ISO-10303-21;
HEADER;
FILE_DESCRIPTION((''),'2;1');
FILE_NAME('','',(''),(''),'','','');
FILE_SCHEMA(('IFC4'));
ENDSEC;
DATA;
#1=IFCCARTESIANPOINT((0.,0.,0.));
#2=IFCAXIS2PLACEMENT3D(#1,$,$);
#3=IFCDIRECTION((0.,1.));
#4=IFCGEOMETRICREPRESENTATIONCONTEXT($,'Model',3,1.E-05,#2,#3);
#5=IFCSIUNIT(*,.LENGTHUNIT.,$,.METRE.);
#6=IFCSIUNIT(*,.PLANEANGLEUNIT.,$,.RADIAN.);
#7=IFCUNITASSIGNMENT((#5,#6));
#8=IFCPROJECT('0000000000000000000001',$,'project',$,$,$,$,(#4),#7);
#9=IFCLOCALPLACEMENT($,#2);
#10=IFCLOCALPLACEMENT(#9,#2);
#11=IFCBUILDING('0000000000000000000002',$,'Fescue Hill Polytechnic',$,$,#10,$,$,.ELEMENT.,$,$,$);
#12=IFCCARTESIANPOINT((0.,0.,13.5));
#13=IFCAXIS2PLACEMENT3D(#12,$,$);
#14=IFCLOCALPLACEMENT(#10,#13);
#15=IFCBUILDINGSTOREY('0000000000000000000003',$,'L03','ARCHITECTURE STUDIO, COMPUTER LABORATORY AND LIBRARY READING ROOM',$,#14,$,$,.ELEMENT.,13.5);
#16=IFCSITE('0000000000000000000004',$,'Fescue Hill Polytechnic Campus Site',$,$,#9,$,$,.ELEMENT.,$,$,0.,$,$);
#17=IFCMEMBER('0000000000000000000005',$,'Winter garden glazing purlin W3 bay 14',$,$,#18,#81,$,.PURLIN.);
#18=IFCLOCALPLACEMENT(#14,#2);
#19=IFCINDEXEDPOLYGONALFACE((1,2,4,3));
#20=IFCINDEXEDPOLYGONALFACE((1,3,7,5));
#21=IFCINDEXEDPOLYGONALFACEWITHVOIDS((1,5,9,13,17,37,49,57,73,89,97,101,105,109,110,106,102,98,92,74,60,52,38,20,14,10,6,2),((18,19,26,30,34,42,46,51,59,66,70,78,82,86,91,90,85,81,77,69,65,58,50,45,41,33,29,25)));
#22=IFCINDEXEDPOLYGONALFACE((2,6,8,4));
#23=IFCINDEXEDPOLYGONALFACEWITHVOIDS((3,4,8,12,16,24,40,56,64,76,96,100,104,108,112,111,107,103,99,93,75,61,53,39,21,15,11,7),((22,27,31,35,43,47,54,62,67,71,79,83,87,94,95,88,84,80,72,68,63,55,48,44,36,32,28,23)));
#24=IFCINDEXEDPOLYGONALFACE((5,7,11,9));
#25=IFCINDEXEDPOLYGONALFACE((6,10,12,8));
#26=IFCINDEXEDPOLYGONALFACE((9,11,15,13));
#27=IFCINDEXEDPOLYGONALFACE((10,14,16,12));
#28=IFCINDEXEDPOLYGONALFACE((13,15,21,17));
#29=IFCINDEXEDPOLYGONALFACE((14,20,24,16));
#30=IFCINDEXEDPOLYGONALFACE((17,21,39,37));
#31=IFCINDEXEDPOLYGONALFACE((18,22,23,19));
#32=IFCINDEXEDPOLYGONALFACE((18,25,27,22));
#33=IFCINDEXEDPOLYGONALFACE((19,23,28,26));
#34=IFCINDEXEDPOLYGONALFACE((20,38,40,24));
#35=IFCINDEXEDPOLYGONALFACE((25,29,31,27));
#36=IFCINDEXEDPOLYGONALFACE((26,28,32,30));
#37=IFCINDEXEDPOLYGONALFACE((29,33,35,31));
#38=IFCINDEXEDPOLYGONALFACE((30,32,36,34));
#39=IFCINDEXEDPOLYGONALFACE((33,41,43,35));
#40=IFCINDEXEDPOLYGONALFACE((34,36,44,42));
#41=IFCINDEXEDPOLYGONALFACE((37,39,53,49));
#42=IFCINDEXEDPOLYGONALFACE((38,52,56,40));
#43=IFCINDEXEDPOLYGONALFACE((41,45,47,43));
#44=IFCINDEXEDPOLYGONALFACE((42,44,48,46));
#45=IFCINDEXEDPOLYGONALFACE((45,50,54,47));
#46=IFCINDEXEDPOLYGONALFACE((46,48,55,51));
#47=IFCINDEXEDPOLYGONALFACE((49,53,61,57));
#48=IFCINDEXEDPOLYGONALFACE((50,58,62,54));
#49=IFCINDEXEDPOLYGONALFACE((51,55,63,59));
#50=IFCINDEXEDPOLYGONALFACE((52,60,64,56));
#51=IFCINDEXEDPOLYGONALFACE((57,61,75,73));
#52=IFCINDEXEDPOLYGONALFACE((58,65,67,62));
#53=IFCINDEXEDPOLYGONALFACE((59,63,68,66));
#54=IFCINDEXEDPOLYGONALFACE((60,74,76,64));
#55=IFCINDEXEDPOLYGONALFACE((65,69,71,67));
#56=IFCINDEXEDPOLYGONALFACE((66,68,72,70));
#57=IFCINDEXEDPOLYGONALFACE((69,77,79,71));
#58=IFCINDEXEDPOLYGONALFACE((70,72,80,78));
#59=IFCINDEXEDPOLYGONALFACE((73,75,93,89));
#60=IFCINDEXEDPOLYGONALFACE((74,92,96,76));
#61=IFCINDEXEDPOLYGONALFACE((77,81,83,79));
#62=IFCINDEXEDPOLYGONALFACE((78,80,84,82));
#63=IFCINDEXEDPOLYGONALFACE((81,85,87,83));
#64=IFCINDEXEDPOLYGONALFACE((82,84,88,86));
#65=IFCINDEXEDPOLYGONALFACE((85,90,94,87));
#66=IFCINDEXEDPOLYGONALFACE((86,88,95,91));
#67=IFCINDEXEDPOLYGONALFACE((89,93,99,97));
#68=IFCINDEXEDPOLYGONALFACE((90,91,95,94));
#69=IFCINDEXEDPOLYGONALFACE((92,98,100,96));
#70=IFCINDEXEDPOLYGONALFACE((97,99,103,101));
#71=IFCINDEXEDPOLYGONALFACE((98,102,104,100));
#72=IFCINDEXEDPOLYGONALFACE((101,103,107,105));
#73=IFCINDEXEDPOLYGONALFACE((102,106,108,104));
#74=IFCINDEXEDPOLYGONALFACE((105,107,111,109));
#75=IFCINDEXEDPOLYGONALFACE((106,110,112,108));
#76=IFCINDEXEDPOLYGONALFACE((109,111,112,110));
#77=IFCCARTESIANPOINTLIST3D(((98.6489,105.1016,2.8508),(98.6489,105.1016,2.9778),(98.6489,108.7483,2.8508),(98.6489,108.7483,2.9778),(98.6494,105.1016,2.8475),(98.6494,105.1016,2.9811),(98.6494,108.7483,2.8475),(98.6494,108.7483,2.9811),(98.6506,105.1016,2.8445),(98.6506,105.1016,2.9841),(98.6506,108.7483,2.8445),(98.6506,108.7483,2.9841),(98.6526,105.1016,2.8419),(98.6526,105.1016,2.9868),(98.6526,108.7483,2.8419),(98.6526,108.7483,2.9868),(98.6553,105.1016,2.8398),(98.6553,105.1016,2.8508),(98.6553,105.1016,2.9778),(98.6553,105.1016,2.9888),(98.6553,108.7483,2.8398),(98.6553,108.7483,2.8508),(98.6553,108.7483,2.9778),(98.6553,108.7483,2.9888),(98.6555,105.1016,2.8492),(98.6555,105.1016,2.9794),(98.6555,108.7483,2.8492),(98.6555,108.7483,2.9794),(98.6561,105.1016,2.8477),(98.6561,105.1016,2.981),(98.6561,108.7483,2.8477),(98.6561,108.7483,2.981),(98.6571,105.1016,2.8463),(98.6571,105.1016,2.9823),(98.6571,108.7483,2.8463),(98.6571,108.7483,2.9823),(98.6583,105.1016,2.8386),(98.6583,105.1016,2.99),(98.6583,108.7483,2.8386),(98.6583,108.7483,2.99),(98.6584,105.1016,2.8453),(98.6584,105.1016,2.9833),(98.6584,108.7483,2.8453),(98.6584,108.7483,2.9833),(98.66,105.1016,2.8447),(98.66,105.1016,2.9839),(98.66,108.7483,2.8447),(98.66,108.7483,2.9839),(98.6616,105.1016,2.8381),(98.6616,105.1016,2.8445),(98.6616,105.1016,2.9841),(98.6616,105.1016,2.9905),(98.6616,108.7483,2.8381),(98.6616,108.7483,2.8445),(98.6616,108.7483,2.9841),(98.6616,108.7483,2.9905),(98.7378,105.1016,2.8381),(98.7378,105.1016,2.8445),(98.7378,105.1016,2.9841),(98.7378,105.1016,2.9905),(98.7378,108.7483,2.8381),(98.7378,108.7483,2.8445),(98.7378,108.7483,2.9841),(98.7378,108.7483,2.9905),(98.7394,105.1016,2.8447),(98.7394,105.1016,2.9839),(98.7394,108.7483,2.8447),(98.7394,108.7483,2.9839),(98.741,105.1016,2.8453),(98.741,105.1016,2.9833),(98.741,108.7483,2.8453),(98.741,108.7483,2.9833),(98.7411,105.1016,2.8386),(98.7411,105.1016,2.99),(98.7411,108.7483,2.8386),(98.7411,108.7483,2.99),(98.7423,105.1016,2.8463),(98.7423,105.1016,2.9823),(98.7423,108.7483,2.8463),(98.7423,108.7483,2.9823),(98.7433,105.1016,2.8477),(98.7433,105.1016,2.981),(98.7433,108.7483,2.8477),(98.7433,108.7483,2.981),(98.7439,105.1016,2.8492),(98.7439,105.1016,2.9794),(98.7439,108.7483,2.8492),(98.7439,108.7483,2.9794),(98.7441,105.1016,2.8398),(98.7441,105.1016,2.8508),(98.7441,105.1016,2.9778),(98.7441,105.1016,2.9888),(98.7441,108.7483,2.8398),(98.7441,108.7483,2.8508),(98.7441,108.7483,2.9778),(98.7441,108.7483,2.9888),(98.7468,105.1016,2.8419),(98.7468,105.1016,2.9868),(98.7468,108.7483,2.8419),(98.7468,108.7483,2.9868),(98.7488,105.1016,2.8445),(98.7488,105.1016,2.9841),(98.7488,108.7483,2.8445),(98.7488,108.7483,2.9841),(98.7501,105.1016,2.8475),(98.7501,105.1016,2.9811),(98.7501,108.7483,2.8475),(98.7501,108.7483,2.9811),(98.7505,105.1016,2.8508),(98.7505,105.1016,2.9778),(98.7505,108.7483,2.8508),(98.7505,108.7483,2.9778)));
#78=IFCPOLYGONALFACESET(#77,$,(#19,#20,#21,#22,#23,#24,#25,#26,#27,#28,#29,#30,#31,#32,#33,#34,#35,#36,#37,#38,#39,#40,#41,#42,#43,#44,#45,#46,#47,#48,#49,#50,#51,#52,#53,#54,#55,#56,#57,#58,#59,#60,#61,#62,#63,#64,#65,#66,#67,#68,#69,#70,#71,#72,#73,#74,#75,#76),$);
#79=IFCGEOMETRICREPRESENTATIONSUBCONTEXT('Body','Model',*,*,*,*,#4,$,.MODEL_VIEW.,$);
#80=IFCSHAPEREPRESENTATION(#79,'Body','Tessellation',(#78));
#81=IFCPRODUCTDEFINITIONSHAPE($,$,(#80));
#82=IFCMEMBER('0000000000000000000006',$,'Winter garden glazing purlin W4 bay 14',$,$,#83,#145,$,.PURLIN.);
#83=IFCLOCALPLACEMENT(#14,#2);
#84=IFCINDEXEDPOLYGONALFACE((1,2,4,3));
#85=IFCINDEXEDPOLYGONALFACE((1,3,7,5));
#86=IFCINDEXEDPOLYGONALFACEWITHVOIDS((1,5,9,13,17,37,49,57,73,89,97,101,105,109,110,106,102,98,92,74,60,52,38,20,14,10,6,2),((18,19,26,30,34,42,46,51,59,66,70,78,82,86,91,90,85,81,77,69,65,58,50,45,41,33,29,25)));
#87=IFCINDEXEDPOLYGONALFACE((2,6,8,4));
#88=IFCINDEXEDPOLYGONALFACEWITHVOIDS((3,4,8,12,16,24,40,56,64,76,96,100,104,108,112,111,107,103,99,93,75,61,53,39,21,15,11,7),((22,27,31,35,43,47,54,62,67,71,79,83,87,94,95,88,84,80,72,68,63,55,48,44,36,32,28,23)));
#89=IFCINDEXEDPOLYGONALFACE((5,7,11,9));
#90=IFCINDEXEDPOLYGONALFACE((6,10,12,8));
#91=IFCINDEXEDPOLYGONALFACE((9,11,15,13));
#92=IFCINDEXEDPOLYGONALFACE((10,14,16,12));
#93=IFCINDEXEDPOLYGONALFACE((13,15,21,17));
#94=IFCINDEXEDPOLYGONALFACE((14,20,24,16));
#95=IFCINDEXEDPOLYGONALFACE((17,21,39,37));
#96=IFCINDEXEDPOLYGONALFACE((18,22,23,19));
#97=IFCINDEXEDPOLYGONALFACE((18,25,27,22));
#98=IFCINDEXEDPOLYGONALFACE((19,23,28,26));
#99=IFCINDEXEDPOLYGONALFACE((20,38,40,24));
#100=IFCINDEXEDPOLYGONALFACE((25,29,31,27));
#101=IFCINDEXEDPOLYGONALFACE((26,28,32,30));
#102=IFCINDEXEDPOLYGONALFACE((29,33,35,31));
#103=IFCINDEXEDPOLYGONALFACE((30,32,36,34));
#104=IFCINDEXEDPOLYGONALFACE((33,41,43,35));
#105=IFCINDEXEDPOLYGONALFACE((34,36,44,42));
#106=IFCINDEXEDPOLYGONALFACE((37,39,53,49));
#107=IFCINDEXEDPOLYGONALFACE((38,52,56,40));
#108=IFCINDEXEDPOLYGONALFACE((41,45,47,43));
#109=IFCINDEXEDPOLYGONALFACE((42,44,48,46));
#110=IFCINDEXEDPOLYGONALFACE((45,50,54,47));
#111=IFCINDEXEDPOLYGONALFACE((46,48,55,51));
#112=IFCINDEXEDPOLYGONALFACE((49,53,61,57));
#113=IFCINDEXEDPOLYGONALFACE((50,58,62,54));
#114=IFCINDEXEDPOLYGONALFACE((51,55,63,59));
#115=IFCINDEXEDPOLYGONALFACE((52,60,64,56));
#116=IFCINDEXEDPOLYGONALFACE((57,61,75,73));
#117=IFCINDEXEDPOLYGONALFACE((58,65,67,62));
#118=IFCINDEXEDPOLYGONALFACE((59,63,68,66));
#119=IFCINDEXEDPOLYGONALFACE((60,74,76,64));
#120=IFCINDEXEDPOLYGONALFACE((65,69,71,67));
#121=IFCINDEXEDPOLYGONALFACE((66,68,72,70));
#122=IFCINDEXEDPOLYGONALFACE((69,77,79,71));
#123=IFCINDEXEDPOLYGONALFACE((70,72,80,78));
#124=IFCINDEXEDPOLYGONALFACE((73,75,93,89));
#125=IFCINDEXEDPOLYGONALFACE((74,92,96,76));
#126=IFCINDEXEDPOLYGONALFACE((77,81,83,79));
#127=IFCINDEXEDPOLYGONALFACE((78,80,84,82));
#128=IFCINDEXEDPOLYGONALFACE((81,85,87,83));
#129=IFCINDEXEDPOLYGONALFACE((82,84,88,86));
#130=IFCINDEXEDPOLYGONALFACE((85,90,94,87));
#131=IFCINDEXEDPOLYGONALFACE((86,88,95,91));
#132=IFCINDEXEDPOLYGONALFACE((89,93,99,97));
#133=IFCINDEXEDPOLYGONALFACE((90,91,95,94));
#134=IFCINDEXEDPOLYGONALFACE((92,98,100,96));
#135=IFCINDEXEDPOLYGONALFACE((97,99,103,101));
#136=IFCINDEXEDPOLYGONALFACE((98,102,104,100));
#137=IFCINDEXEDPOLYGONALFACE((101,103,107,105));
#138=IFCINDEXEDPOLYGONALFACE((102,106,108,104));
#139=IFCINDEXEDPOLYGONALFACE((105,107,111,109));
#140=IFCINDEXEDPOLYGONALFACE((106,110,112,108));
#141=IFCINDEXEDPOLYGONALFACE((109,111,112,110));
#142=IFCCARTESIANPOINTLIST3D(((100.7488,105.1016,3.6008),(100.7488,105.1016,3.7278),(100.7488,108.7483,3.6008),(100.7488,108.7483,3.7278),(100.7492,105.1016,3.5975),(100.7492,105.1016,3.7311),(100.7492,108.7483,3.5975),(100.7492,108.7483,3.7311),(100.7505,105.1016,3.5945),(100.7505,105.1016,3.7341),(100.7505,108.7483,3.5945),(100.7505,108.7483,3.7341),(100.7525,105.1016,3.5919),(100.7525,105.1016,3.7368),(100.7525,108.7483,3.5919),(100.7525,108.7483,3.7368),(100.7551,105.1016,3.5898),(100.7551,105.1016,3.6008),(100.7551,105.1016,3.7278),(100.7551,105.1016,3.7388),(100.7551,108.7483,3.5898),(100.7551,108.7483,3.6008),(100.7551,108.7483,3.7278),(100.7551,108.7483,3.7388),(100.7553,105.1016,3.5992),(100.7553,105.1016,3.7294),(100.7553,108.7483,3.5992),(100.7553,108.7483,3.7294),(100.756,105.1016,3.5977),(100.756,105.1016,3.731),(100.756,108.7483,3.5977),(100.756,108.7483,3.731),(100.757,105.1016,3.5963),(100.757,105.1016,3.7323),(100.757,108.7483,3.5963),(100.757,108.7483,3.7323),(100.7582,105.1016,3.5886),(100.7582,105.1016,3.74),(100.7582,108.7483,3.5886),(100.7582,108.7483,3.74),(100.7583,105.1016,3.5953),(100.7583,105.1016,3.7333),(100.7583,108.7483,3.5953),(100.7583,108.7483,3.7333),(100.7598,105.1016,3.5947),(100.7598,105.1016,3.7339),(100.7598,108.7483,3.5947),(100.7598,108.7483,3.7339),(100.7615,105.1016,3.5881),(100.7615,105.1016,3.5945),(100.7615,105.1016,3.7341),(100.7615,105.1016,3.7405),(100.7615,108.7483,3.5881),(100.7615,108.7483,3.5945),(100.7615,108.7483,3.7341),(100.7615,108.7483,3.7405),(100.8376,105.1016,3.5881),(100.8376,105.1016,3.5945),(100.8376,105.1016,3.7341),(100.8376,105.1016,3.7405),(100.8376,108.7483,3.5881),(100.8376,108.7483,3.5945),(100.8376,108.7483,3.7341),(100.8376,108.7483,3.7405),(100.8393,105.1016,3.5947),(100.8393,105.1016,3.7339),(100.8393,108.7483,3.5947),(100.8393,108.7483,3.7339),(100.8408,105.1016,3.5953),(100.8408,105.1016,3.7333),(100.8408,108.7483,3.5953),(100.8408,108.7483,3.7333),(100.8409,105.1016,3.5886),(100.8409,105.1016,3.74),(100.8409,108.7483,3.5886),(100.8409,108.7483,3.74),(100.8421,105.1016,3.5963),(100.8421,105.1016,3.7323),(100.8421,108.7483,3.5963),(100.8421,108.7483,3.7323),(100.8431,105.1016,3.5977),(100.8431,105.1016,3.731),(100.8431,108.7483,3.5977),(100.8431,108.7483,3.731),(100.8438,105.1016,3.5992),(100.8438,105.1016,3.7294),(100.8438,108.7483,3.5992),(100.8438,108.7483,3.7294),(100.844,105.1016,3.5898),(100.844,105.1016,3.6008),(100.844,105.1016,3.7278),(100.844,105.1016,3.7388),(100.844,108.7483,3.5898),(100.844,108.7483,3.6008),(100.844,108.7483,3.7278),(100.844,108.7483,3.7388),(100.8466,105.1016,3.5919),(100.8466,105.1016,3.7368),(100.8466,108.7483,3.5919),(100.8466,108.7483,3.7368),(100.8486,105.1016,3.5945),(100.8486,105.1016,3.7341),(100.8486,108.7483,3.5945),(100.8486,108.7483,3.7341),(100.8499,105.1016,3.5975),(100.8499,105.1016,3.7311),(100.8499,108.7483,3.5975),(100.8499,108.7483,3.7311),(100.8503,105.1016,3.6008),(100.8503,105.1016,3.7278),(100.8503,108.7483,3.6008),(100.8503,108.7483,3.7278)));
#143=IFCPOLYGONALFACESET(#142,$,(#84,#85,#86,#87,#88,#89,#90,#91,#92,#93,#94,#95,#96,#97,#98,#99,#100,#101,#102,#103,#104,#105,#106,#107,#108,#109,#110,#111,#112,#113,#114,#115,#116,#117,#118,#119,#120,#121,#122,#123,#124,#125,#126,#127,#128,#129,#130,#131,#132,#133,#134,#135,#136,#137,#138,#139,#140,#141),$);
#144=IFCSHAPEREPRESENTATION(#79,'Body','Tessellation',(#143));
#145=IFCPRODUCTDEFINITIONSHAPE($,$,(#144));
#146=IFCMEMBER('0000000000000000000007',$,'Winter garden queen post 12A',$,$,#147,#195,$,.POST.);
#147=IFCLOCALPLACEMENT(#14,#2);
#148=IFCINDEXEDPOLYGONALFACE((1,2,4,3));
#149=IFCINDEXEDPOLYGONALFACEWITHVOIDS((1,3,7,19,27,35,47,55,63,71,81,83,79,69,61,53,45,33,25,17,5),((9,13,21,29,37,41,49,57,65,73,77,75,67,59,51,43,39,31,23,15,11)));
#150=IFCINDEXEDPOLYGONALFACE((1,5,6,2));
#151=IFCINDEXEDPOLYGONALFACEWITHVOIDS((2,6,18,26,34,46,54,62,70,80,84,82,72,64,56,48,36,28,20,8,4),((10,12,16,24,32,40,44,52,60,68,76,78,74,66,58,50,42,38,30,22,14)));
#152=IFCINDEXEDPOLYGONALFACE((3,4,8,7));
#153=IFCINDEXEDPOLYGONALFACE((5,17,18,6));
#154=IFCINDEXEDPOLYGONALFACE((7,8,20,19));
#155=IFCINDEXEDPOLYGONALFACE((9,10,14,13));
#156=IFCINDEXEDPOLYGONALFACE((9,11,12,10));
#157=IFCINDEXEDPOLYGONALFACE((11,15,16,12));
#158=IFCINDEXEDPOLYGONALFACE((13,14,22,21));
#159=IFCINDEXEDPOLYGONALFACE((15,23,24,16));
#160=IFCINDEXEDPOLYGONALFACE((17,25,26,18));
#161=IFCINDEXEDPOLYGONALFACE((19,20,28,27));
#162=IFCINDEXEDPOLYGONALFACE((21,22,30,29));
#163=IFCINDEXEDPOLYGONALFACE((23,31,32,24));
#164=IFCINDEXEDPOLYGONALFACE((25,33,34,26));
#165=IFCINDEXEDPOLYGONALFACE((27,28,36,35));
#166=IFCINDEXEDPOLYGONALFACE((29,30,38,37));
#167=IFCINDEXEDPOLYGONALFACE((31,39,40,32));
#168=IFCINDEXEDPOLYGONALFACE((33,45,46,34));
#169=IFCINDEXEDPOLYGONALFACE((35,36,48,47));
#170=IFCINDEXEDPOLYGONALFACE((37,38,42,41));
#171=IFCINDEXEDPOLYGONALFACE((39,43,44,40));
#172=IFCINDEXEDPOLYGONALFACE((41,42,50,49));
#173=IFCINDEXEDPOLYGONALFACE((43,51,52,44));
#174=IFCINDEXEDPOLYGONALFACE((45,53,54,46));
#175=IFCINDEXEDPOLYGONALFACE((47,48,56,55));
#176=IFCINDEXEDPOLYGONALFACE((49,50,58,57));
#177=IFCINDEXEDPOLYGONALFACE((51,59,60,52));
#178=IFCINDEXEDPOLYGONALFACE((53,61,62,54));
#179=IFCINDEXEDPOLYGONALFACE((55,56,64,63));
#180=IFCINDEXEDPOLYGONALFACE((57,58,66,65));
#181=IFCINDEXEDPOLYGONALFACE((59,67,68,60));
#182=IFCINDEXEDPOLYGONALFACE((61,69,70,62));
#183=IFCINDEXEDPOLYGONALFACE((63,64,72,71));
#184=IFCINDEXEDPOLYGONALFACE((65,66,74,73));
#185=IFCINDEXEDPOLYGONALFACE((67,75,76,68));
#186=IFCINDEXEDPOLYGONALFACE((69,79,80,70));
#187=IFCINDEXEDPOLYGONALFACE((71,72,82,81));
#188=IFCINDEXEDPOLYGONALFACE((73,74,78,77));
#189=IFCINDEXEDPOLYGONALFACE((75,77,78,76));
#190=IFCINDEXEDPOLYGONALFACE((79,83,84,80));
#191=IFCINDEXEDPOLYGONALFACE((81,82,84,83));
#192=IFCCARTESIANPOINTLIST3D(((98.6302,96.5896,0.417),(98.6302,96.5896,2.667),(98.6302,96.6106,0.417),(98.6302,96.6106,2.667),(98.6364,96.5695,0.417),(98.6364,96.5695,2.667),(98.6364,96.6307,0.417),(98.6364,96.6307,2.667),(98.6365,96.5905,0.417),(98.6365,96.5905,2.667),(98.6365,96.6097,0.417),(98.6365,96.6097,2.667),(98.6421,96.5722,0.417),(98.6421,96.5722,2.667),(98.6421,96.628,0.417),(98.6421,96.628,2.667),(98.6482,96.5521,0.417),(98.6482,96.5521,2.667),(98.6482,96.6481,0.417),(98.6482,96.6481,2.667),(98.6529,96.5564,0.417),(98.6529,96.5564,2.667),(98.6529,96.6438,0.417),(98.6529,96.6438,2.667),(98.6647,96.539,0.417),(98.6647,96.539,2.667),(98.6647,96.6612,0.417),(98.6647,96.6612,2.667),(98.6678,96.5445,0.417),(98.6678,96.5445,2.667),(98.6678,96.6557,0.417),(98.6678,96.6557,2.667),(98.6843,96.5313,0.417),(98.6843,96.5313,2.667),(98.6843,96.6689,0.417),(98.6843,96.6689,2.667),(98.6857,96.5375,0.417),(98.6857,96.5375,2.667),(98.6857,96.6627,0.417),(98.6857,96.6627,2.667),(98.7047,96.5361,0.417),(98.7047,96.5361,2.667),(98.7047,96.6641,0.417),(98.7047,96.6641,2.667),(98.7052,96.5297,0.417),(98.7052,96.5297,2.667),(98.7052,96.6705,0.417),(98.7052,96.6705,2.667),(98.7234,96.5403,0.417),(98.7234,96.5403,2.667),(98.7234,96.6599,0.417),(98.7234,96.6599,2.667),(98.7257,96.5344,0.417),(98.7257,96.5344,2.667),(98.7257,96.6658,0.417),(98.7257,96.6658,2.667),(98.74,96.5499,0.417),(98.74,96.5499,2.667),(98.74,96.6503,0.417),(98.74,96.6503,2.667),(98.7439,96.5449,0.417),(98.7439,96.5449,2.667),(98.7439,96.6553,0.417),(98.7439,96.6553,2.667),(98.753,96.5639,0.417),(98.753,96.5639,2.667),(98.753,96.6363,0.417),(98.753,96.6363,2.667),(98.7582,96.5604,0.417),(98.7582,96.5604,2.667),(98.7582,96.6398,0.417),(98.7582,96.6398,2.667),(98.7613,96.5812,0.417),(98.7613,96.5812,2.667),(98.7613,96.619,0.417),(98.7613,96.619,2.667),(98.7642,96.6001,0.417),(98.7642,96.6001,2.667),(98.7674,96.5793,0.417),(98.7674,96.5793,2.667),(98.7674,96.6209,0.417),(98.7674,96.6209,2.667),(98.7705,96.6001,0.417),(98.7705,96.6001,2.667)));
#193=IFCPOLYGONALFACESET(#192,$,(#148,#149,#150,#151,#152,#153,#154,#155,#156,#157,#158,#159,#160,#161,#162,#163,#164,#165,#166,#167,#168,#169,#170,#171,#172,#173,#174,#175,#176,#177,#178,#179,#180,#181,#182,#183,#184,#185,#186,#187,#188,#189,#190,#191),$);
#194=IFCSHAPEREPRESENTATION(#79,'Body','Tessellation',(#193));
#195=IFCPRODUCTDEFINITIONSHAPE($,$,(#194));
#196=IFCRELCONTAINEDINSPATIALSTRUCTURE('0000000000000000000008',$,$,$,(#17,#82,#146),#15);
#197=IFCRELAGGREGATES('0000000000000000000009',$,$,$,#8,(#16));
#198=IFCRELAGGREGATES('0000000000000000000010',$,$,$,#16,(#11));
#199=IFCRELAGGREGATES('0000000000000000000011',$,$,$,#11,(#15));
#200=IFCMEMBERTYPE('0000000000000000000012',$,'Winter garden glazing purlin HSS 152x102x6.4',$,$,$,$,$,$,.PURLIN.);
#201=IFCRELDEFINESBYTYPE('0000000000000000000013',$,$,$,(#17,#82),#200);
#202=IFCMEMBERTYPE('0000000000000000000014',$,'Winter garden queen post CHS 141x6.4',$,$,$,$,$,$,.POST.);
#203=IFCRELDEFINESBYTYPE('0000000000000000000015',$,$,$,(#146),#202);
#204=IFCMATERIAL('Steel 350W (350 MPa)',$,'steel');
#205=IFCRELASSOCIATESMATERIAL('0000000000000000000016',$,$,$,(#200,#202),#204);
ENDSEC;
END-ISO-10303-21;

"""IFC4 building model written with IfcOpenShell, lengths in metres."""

from ifc_helpers import new_model, si_unit, direction, frame, origin, origin_2d, place, context, subcontext, project, spatial, hollow_rectangle, hollow_circle, extrude, material, material_profile, profile_set, type_object, element, save


model = new_model("IFC4")

# Units and contexts
model_context = context("Model", 3, precision=1e-05, world=origin(), true_north=direction((0.0, 1.0)))
body_context = subcontext(model_context, "Body", "Model", "MODEL_VIEW")
ifc_project = project(units=[si_unit("LENGTHUNIT", "METRE"), si_unit("PLANEANGLEUNIT", "RADIAN")], contexts=[model_context])

# Site, building, storey
site_placement = place(None, origin())
site = spatial("IfcSite", under=ifc_project, at=site_placement, Name="Fescue Hill Polytechnic Campus Site", CompositionType="ELEMENT", RefElevation=0.0)
building_placement = place(site_placement, origin())
building = spatial("IfcBuilding", under=site, at=building_placement, Name="Fescue Hill Polytechnic", CompositionType="ELEMENT")
storey_placement = place(building_placement, frame((0.0, 0.0, 13.5)))
storey = spatial("IfcBuildingStorey", under=building, at=storey_placement, Name="L03", Description="ARCHITECTURE STUDIO, COMPUTER LABORATORY AND LIBRARY READING ROOM", CompositionType="ELEMENT", Elevation=13.5)

# Members
ifc_material_1 = material(Name="Steel 350W (350 MPa)", Category="steel")
ifc_material_profile_1 = material_profile(ifc_material_1, hollow_rectangle(XDim=0.1016, YDim=0.1523, WallThickness=0.0063, InnerFilletRadius=0.0063, OuterFilletRadius=0.0127, at=origin_2d()), Name="Winter garden glazing purlin HSS 152x102x6.4")
ifc_profile_set_1 = profile_set([ifc_material_profile_1], Name="Steel 350W (350 MPa)")
member_type_1 = type_object("IfcMemberType", Name="Winter garden glazing purlin HSS 152x102x6.4", PredefinedType="PURLIN", material=ifc_profile_set_1)
for number, where, z_axis, x_axis, name in (
    (1, (98.6997, 105.1016, 2.9143), (0.0, 1.0, 0.0), (-1.0, 0.0, 0.0), "Winter garden glazing purlin W3 bay 14"),
    (2, (100.7996, 105.1016, 3.6643), (0.0, 1.0, 0.0), (-1.0, 0.0, 0.0), "Winter garden glazing purlin W4 bay 14"),
):
    element("IfcMember", number, at=place(storey_placement, frame(where, z_axis=z_axis, x_axis=x_axis)), inside=storey, type_object=member_type_1, Name=name, PredefinedType="PURLIN", context=body_context, shape_type="SweptSolid", body=[
        extrude(hollow_rectangle(XDim=0.1016, YDim=0.1523, WallThickness=0.0063, InnerFilletRadius=0.0063, OuterFilletRadius=0.0127, at=origin_2d()), origin(), (0.0, 0.0, 1.0), 3.6467),
    ])
ifc_material_profile_2 = material_profile(ifc_material_1, hollow_circle(Radius=0.0706, WallThickness=0.0063, at=origin_2d()), Name="Winter garden queen post CHS 141x6.4")
ifc_profile_set_2 = profile_set([ifc_material_profile_2], Name="Steel 350W (350 MPa)")
member_type_2 = type_object("IfcMemberType", Name="Winter garden queen post CHS 141x6.4", PredefinedType="POST", material=ifc_profile_set_2)
for number, where, z_axis, x_axis, name in (
    (3, (98.7, 96.6001, 0.417), (0.0, 0.0, 1.0), (1.0, 0.0, 0.0), "Winter garden queen post 12A"),
):
    element("IfcMember", number, at=place(storey_placement, frame(where, z_axis=z_axis, x_axis=x_axis)), inside=storey, type_object=member_type_2, Name=name, PredefinedType="POST", context=body_context, shape_type="SweptSolid", body=[
        extrude(hollow_circle(Radius=0.0706, WallThickness=0.0063, at=origin_2d()), origin(), (0.0, 0.0, 1.0), 2.25),
    ])

save(model, "model.ifc")
